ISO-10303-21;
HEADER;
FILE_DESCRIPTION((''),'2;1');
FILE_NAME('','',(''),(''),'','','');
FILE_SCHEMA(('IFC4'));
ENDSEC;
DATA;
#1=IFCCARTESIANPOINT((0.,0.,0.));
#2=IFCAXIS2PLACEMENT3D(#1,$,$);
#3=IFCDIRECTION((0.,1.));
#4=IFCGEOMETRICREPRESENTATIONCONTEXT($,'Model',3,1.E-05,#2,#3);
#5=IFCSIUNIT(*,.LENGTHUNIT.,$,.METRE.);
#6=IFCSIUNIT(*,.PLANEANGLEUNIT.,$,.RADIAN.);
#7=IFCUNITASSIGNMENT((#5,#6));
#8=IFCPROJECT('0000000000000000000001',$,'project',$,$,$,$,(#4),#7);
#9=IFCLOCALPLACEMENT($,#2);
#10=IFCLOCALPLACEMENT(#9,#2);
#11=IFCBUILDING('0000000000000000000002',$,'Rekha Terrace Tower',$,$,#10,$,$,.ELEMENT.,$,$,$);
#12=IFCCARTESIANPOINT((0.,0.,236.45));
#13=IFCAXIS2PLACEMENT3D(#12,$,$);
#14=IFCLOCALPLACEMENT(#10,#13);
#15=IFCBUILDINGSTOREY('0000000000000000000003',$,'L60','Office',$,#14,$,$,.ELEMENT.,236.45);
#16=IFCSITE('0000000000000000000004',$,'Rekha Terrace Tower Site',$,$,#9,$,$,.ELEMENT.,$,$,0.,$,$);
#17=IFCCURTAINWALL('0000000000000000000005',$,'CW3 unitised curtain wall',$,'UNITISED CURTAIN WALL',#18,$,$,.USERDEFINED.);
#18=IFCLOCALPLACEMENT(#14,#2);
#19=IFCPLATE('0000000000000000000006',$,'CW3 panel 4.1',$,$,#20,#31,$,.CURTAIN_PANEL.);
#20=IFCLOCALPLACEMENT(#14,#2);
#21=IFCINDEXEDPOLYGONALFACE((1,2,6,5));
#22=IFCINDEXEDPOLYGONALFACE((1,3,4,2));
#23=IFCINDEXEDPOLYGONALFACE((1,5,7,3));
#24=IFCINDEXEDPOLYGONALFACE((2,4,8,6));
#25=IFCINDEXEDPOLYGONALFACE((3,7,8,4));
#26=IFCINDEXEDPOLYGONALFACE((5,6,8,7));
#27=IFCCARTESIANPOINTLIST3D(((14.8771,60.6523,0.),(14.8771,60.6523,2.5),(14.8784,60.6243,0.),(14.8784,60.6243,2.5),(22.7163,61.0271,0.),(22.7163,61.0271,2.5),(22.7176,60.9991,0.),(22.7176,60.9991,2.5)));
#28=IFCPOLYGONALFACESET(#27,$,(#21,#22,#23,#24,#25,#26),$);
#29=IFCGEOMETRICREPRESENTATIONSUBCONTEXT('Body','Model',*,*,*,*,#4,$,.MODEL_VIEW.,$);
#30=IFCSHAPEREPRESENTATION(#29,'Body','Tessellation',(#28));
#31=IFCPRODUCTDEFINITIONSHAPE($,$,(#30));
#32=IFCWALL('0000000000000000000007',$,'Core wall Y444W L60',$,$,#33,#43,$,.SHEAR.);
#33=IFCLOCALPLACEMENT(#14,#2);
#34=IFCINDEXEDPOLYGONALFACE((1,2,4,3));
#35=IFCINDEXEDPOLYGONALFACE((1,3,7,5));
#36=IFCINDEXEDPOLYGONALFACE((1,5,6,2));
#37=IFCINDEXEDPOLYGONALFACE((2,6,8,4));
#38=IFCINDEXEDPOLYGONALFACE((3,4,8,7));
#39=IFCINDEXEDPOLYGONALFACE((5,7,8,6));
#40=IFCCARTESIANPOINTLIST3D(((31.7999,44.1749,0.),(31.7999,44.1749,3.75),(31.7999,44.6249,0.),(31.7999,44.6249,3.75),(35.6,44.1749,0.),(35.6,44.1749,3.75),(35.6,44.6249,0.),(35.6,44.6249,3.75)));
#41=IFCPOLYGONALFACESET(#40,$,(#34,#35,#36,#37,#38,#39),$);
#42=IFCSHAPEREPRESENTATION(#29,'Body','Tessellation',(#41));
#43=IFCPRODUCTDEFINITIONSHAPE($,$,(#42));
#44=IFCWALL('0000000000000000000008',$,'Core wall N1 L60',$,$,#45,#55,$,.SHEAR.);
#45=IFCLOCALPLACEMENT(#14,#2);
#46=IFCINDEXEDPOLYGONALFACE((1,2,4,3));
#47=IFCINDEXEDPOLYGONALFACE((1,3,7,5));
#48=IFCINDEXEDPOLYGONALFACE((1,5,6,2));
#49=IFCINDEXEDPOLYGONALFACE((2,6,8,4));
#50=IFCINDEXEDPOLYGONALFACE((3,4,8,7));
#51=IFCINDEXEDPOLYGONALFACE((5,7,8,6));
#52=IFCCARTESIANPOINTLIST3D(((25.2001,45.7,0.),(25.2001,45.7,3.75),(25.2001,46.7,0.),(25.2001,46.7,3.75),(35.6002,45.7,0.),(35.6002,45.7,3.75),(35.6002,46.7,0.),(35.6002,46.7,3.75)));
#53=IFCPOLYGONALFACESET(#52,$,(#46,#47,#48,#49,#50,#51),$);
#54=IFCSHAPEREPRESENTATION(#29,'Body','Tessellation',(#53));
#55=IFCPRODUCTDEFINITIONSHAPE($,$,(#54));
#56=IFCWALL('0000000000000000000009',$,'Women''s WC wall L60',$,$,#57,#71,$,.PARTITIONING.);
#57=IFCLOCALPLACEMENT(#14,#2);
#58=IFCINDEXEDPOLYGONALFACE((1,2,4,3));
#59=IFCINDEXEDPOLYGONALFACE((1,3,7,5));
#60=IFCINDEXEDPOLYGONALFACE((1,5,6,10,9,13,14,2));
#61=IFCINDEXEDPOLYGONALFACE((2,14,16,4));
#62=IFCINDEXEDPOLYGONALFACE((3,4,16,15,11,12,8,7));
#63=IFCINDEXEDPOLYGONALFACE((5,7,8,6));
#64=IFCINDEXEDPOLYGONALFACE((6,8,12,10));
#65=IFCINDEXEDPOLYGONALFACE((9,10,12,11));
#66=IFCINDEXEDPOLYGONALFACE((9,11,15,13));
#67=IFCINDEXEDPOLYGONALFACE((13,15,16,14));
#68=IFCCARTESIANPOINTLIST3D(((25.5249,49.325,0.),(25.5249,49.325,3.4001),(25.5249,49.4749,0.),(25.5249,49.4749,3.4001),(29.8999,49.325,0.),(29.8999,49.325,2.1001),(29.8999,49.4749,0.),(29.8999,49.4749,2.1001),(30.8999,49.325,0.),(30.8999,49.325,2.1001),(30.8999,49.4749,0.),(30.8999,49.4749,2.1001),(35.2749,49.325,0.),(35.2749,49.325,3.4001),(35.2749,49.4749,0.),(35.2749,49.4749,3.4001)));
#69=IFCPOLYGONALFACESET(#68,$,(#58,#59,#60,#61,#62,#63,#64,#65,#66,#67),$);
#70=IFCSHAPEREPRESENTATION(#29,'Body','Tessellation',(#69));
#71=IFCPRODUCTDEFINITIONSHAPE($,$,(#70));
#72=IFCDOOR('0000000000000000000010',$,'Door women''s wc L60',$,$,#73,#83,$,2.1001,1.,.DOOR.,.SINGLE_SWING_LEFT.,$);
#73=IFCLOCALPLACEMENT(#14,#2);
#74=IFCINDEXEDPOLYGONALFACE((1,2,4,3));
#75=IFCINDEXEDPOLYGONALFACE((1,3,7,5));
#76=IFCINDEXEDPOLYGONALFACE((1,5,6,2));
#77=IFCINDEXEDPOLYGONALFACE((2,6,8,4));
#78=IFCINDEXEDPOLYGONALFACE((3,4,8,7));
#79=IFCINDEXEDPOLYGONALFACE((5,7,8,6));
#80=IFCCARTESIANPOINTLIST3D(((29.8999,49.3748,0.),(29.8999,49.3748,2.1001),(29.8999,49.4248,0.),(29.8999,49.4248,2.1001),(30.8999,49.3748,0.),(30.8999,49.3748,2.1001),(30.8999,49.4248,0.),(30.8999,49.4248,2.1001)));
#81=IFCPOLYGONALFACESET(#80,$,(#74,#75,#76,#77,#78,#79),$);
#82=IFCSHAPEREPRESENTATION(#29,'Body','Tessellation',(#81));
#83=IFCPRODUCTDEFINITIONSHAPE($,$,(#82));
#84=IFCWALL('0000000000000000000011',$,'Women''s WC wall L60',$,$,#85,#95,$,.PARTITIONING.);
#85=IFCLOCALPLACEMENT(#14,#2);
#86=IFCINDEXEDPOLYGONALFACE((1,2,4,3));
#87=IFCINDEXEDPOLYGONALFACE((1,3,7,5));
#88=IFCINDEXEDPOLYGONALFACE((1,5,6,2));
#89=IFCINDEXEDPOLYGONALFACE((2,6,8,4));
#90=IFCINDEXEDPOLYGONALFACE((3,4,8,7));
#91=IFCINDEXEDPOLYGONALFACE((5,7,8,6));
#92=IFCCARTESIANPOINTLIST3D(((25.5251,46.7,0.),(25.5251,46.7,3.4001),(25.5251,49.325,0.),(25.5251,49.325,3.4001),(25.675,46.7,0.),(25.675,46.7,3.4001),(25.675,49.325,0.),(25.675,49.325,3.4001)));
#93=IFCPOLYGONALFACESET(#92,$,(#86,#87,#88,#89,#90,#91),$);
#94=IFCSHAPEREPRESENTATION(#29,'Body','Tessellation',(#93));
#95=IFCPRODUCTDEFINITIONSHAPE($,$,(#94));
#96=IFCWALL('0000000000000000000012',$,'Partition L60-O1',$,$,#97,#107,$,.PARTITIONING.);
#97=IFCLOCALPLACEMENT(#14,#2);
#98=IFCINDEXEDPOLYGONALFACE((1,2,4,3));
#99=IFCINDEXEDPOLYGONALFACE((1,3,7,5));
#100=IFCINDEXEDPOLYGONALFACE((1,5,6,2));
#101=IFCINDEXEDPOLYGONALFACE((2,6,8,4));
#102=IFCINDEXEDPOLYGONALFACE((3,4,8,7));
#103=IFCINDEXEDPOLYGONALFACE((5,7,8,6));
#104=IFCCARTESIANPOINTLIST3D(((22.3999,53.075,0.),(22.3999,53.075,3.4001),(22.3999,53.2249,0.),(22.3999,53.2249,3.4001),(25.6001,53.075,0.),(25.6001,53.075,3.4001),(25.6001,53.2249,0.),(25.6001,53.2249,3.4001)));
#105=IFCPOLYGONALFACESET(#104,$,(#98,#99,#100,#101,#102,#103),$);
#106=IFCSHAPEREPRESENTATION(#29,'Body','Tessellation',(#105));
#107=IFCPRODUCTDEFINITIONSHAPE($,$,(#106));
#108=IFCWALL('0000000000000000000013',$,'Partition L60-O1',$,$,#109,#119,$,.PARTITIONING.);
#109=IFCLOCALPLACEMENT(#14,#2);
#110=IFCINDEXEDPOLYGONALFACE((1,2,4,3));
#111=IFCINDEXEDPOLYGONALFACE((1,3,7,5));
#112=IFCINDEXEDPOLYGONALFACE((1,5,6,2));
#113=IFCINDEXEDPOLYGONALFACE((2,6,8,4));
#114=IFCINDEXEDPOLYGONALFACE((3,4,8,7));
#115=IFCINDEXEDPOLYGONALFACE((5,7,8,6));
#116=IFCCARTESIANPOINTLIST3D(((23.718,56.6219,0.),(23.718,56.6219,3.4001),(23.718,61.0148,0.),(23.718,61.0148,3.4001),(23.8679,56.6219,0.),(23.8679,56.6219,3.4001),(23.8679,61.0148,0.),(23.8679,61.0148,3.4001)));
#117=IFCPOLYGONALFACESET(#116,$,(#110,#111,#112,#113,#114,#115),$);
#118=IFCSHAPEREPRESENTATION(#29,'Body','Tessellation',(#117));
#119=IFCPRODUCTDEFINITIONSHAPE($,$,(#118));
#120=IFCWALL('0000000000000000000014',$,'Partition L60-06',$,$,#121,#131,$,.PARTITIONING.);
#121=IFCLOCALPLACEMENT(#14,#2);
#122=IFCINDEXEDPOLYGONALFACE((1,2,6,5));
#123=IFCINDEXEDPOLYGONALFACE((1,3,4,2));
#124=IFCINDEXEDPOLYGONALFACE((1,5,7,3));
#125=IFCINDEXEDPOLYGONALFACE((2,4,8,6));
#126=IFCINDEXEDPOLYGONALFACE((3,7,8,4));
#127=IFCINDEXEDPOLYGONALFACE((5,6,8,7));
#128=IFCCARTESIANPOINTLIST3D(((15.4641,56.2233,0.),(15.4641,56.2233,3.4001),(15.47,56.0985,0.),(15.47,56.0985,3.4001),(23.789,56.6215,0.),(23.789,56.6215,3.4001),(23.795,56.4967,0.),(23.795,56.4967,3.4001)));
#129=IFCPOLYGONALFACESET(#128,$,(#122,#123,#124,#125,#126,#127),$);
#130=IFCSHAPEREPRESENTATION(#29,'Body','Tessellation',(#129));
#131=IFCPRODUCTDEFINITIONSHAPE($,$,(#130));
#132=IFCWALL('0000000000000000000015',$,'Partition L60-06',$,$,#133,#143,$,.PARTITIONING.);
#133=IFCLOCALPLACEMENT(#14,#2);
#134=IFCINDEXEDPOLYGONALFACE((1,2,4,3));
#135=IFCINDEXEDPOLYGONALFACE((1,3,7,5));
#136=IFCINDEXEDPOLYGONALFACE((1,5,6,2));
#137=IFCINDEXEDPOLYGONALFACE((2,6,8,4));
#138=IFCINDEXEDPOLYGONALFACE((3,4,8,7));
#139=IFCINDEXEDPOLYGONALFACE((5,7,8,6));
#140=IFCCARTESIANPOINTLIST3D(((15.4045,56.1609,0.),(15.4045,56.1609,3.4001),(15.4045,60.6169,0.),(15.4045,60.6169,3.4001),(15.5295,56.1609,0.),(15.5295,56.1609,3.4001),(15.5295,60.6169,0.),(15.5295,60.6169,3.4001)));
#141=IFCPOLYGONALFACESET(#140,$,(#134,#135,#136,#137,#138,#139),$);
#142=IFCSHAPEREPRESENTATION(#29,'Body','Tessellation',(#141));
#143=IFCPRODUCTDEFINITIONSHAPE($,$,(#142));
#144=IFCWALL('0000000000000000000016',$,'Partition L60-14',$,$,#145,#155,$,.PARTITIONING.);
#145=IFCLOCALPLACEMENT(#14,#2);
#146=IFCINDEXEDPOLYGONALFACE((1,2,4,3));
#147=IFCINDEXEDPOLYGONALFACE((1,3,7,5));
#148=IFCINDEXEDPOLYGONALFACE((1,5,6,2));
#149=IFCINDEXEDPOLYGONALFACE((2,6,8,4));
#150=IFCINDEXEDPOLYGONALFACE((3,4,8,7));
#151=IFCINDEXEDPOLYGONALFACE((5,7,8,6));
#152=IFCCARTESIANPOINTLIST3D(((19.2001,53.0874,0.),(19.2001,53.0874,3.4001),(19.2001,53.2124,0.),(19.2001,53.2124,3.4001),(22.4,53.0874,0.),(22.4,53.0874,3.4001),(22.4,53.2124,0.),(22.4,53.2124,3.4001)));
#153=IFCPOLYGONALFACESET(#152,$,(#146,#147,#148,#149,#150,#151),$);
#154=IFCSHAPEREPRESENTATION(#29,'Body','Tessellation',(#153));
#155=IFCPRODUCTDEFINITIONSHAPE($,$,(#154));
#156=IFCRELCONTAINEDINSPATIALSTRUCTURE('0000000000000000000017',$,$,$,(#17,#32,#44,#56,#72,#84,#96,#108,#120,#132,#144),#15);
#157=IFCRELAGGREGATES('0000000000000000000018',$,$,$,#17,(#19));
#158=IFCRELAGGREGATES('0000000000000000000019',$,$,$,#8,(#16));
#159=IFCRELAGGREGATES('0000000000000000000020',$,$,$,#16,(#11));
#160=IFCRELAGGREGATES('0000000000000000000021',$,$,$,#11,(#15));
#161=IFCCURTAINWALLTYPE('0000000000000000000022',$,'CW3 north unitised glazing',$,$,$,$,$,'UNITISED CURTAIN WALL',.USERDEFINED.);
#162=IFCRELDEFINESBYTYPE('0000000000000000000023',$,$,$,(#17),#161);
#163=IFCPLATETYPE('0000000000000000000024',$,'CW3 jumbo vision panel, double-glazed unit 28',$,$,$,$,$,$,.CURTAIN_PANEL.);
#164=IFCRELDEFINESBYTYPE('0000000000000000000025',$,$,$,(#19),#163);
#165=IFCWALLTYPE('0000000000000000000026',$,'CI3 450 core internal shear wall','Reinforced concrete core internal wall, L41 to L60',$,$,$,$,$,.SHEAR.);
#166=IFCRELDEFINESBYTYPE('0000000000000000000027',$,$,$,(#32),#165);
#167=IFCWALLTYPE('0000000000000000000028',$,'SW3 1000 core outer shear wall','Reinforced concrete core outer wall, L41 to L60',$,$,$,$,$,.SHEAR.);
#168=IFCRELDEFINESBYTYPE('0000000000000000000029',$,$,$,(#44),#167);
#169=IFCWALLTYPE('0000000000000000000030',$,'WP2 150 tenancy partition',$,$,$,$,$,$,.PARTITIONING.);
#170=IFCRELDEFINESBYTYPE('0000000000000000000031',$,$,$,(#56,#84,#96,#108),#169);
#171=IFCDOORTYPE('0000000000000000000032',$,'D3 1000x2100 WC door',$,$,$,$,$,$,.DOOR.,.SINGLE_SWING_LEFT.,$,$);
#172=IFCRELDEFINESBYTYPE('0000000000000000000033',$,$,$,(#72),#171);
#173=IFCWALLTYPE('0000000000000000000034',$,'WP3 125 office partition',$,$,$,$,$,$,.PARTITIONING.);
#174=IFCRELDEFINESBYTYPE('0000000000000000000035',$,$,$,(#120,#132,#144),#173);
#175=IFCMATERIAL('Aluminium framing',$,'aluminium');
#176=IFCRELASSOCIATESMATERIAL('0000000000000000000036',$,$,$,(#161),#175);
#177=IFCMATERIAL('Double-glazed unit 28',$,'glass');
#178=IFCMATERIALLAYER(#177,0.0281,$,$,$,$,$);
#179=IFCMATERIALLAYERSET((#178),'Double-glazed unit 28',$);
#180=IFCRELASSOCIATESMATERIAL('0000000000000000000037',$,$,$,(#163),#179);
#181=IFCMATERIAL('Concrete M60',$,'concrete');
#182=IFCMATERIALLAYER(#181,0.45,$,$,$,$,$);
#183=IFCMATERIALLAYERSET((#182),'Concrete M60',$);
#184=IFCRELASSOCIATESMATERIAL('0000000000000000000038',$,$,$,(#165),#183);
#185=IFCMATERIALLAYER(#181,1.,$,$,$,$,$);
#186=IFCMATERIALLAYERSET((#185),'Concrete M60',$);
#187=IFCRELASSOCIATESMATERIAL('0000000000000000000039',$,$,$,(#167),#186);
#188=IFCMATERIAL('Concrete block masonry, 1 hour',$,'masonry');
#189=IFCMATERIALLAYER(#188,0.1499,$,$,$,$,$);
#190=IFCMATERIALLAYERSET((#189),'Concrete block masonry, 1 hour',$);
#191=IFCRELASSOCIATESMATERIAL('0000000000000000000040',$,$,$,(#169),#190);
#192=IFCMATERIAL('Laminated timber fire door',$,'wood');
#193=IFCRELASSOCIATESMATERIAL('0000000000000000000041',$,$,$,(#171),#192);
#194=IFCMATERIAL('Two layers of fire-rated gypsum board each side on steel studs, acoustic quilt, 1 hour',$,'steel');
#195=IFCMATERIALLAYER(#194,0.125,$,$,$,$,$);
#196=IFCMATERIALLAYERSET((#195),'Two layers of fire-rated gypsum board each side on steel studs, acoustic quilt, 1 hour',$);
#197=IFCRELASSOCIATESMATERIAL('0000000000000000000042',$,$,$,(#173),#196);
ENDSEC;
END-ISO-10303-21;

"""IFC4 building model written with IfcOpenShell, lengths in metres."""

from ifc_helpers import new_model, si_unit, direction, frame, frame_2d, origin, origin_2d, place, context, subcontext, project, spatial, rectangle, extrude, material, layer, layer_set, type_object, element, fill, aggregate, save


model = new_model("IFC4")

# Units and contexts
model_context = context("Model", 3, precision=1e-05, world=origin(), true_north=direction((0.0, 1.0)))
body_context = subcontext(model_context, "Body", "Model", "MODEL_VIEW")
ifc_project = project(units=[si_unit("LENGTHUNIT", "METRE"), si_unit("PLANEANGLEUNIT", "RADIAN")], contexts=[model_context])

# Site, building, storey
site_placement = place(None, origin())
site = spatial("IfcSite", under=ifc_project, at=site_placement, Name="Rekha Terrace Tower Site", CompositionType="ELEMENT", RefElevation=0.0)
building_placement = place(site_placement, origin())
building = spatial("IfcBuilding", under=site, at=building_placement, Name="Rekha Terrace Tower", CompositionType="ELEMENT")
storey_placement = place(building_placement, frame((0.0, 0.0, 236.45)))
storey = spatial("IfcBuildingStorey", under=building, at=storey_placement, Name="L60", Description="Office", CompositionType="ELEMENT", Elevation=236.45)

# Shared definitions
ifc_material_1 = material(Name="Concrete M60", Category="concrete")

# Curtain wall, plate
ifc_material_2 = material(Name="Aluminium framing", Category="aluminium")
curtain_wall_type = type_object("IfcCurtainWallType", Name="CW3 north unitised glazing", ElementType="UNITISED CURTAIN WALL", PredefinedType="USERDEFINED", material=ifc_material_2)
curtain_wall_placement = place(storey_placement, origin())
curtain_wall = element("IfcCurtainWall", 1, at=curtain_wall_placement, inside=storey, type_object=curtain_wall_type, Name="CW3 unitised curtain wall", ObjectType="UNITISED CURTAIN WALL", PredefinedType="USERDEFINED")
ifc_material_3 = material(Name="Double-glazed unit 28", Category="glass")
ifc_layer_1 = layer(ifc_material_3, 0.0281)
ifc_layer_set_1 = layer_set([ifc_layer_1], Name="Double-glazed unit 28")
plate_type = type_object("IfcPlateType", Name="CW3 jumbo vision panel, double-glazed unit 28", PredefinedType="CURTAIN_PANEL", material=ifc_layer_set_1)
plate_1_placement = place(storey_placement, frame((18.7974, 60.8257, 0.0), z_axis=(0.0, 0.0, 1.0), x_axis=(-0.998859, -0.047759, 0.0)))
plate_1 = element("IfcPlate", 2, at=plate_1_placement, type_object=plate_type, Name="CW3 panel 4.1", PredefinedType="CURTAIN_PANEL", context=body_context, shape_type="SweptSolid", body=[
    extrude(rectangle(XDim=7.8481, YDim=0.0281, at=origin_2d()), origin(), (0.0, 0.0, 1.0), 2.5),
])
aggregate(curtain_wall, [plate_1])

# Walls
ifc_layer_2 = layer(ifc_material_1, 0.45)
ifc_layer_set_2 = layer_set([ifc_layer_2], Name="Concrete M60")
wall_type_1 = type_object("IfcWallType", Name="CI3 450 core internal shear wall", Description="Reinforced concrete core internal wall, L41 to L60", PredefinedType="SHEAR", material=ifc_layer_set_2)
wall_1_placement = place(storey_placement, frame((31.8, 44.3999, 0.0), z_axis=(0.0, 0.0, 1.0), x_axis=(1.0, 0.0, 0.0)))
element("IfcWall", 3, at=wall_1_placement, inside=storey, type_object=wall_type_1, Name="Core wall Y444W L60", PredefinedType="SHEAR", context=body_context, shape_type="SweptSolid", body=[
    extrude(rectangle(XDim=3.8, YDim=0.45, at=frame_2d((1.8999, 0.0))), origin(), (0.0, 0.0, 1.0), 3.75),
])
ifc_layer_3 = layer(ifc_material_1, 1.0)
ifc_layer_set_3 = layer_set([ifc_layer_3], Name="Concrete M60")
wall_type_2 = type_object("IfcWallType", Name="SW3 1000 core outer shear wall", Description="Reinforced concrete core outer wall, L41 to L60", PredefinedType="SHEAR", material=ifc_layer_set_3)
wall_2_placement = place(storey_placement, frame((25.2, 46.2, 0.0), z_axis=(0.0, 0.0, 1.0), x_axis=(1.0, 0.0, 0.0)))
element("IfcWall", 4, at=wall_2_placement, inside=storey, type_object=wall_type_2, Name="Core wall N1 L60", PredefinedType="SHEAR", context=body_context, shape_type="SweptSolid", body=[
    extrude(rectangle(XDim=10.4001, YDim=1.0, at=frame_2d((5.2002, 0.0))), origin(), (0.0, 0.0, 1.0), 3.75),
])

# Wall, opening, door
ifc_material_4 = material(Name="Concrete block masonry, 1 hour", Category="masonry")
ifc_layer_4 = layer(ifc_material_4, 0.1499)
ifc_layer_set_4 = layer_set([ifc_layer_4], Name="Concrete block masonry, 1 hour")
wall_type_3 = type_object("IfcWallType", Name="WP2 150 tenancy partition", PredefinedType="PARTITIONING", material=ifc_layer_set_4)
wall_3_placement = place(storey_placement, frame((25.5249, 49.3999, 0.0), z_axis=(0.0, 0.0, 1.0), x_axis=(1.0, 0.0, 0.0)))
wall_3 = element("IfcWall", 5, at=wall_3_placement, inside=storey, type_object=wall_type_3, Name="Women's WC wall L60", PredefinedType="PARTITIONING", context=body_context, shape_type="SweptSolid", body=[
    extrude(rectangle(XDim=9.75, YDim=0.1499, at=frame_2d((4.875, 0.0))), origin(), (0.0, 0.0, 1.0), 3.4001),
])
opening_1_placement = place(wall_3_placement, frame((4.375, 0.0, 0.0)))
opening_1 = element("IfcOpeningElement", 6, at=opening_1_placement, cuts=wall_3, PredefinedType="OPENING", context=body_context, shape_type="SweptSolid", body=[
    extrude(rectangle(XDim=1.0, YDim=2.1001, at=frame_2d((0.5, 1.05))), frame((0.0, 0.085, 0.0), z_axis=(0.0, -1.0, 0.0), x_axis=(1.0, 0.0, 0.0)), (0.0, 0.0, 1.0), 0.1699),
])
ifc_material_5 = material(Name="Laminated timber fire door", Category="wood")
door_type_1 = type_object("IfcDoorType", Name="D3 1000x2100 WC door", OperationType="SINGLE_SWING_LEFT", PredefinedType="DOOR", material=ifc_material_5)
door_1_placement = place(opening_1_placement, origin())
door_1 = element("IfcDoor", 7, at=door_1_placement, inside=storey, type_object=door_type_1, Name="Door women's wc L60", OperationType="SINGLE_SWING_LEFT", OverallHeight=2.1001, OverallWidth=1.0, PredefinedType="DOOR", context=body_context, shape_type="SweptSolid", body=[
    extrude(rectangle(XDim=1.0, YDim=2.1001, at=frame_2d((0.5, 1.05))), frame((0.0, 0.0249, 0.0), z_axis=(0.0, -1.0, 0.0), x_axis=(1.0, 0.0, 0.0)), (0.0, 0.0, 1.0), 0.05),
])
fill(opening_1, door_1)

# Walls
wall_4_placement = place(storey_placement, frame((25.6001, 46.7, 0.0), z_axis=(0.0, 0.0, 1.0), x_axis=(0.0, 1.0, 0.0)))
element("IfcWall", 8, at=wall_4_placement, inside=storey, type_object=wall_type_3, Name="Women's WC wall L60", PredefinedType="PARTITIONING", context=body_context, shape_type="SweptSolid", body=[
    extrude(rectangle(XDim=2.625, YDim=0.1499, at=frame_2d((1.3125, 0.0))), origin(), (0.0, 0.0, 1.0), 3.4001),
])
wall_5_placement = place(storey_placement, frame((25.6001, 53.1499, 0.0), z_axis=(0.0, 0.0, 1.0), x_axis=(-1.0, 0.0, 0.0)))
element("IfcWall", 9, at=wall_5_placement, inside=storey, type_object=wall_type_3, Name="Partition L60-O1", PredefinedType="PARTITIONING", context=body_context, shape_type="SweptSolid", body=[
    extrude(rectangle(XDim=3.2002, YDim=0.1499, at=frame_2d((1.6001, 0.0))), origin(), (0.0, 0.0, 1.0), 3.4001),
])
wall_6_placement = place(storey_placement, frame((23.793, 56.6221, 0.0), z_axis=(0.0, 0.0, 1.0), x_axis=(0.0, 1.0, 0.0)))
element("IfcWall", 10, at=wall_6_placement, inside=storey, type_object=wall_type_3, Name="Partition L60-O1", PredefinedType="PARTITIONING", context=body_context, shape_type="SweptSolid", body=[
    extrude(rectangle(XDim=4.3928, YDim=0.1499, at=frame_2d((2.1963, 0.0))), origin(), (0.0, 0.0, 1.0), 3.4001),
])
ifc_material_6 = material(Name="Two layers of fire-rated gypsum board each side on steel studs, acoustic quilt, 1 hour", Category="steel")
ifc_layer_5 = layer(ifc_material_6, 0.125)
ifc_layer_set_5 = layer_set([ifc_layer_5], Name="Two layers of fire-rated gypsum board each side on steel studs, acoustic quilt, 1 hour")
wall_type_4 = type_object("IfcWallType", Name="WP3 125 office partition", PredefinedType="PARTITIONING", material=ifc_layer_set_5)
wall_7_placement = place(storey_placement, frame((23.792, 56.5591, 0.0), z_axis=(0.0, 0.0, 1.0), x_axis=(-0.998858, -0.047777, 0.0)))
element("IfcWall", 11, at=wall_7_placement, inside=storey, type_object=wall_type_4, Name="Partition L60-06", PredefinedType="PARTITIONING", context=body_context, shape_type="SweptSolid", body=[
    extrude(rectangle(XDim=8.3345, YDim=0.125, at=frame_2d((4.1672, 0.0))), origin(), (0.0, 0.0, 1.0), 3.4001),
])
wall_8_placement = place(storey_placement, frame((15.467, 56.1609, 0.0), z_axis=(0.0, 0.0, 1.0), x_axis=(0.0, 1.0, 0.0)))
element("IfcWall", 12, at=wall_8_placement, inside=storey, type_object=wall_type_4, Name="Partition L60-06", PredefinedType="PARTITIONING", context=body_context, shape_type="SweptSolid", body=[
    extrude(rectangle(XDim=4.4561, YDim=0.125, at=frame_2d((2.228, 0.0))), origin(), (0.0, 0.0, 1.0), 3.4001),
])
wall_9_placement = place(storey_placement, frame((19.2, 53.1499, 0.0), z_axis=(0.0, 0.0, 1.0), x_axis=(1.0, 0.0, 0.0)))
element("IfcWall", 13, at=wall_9_placement, inside=storey, type_object=wall_type_4, Name="Partition L60-14", PredefinedType="PARTITIONING", context=body_context, shape_type="SweptSolid", body=[
    extrude(rectangle(XDim=3.2, YDim=0.125, at=frame_2d((1.6001, 0.0))), origin(), (0.0, 0.0, 1.0), 3.4001),
])

save(model, "model.ifc")
